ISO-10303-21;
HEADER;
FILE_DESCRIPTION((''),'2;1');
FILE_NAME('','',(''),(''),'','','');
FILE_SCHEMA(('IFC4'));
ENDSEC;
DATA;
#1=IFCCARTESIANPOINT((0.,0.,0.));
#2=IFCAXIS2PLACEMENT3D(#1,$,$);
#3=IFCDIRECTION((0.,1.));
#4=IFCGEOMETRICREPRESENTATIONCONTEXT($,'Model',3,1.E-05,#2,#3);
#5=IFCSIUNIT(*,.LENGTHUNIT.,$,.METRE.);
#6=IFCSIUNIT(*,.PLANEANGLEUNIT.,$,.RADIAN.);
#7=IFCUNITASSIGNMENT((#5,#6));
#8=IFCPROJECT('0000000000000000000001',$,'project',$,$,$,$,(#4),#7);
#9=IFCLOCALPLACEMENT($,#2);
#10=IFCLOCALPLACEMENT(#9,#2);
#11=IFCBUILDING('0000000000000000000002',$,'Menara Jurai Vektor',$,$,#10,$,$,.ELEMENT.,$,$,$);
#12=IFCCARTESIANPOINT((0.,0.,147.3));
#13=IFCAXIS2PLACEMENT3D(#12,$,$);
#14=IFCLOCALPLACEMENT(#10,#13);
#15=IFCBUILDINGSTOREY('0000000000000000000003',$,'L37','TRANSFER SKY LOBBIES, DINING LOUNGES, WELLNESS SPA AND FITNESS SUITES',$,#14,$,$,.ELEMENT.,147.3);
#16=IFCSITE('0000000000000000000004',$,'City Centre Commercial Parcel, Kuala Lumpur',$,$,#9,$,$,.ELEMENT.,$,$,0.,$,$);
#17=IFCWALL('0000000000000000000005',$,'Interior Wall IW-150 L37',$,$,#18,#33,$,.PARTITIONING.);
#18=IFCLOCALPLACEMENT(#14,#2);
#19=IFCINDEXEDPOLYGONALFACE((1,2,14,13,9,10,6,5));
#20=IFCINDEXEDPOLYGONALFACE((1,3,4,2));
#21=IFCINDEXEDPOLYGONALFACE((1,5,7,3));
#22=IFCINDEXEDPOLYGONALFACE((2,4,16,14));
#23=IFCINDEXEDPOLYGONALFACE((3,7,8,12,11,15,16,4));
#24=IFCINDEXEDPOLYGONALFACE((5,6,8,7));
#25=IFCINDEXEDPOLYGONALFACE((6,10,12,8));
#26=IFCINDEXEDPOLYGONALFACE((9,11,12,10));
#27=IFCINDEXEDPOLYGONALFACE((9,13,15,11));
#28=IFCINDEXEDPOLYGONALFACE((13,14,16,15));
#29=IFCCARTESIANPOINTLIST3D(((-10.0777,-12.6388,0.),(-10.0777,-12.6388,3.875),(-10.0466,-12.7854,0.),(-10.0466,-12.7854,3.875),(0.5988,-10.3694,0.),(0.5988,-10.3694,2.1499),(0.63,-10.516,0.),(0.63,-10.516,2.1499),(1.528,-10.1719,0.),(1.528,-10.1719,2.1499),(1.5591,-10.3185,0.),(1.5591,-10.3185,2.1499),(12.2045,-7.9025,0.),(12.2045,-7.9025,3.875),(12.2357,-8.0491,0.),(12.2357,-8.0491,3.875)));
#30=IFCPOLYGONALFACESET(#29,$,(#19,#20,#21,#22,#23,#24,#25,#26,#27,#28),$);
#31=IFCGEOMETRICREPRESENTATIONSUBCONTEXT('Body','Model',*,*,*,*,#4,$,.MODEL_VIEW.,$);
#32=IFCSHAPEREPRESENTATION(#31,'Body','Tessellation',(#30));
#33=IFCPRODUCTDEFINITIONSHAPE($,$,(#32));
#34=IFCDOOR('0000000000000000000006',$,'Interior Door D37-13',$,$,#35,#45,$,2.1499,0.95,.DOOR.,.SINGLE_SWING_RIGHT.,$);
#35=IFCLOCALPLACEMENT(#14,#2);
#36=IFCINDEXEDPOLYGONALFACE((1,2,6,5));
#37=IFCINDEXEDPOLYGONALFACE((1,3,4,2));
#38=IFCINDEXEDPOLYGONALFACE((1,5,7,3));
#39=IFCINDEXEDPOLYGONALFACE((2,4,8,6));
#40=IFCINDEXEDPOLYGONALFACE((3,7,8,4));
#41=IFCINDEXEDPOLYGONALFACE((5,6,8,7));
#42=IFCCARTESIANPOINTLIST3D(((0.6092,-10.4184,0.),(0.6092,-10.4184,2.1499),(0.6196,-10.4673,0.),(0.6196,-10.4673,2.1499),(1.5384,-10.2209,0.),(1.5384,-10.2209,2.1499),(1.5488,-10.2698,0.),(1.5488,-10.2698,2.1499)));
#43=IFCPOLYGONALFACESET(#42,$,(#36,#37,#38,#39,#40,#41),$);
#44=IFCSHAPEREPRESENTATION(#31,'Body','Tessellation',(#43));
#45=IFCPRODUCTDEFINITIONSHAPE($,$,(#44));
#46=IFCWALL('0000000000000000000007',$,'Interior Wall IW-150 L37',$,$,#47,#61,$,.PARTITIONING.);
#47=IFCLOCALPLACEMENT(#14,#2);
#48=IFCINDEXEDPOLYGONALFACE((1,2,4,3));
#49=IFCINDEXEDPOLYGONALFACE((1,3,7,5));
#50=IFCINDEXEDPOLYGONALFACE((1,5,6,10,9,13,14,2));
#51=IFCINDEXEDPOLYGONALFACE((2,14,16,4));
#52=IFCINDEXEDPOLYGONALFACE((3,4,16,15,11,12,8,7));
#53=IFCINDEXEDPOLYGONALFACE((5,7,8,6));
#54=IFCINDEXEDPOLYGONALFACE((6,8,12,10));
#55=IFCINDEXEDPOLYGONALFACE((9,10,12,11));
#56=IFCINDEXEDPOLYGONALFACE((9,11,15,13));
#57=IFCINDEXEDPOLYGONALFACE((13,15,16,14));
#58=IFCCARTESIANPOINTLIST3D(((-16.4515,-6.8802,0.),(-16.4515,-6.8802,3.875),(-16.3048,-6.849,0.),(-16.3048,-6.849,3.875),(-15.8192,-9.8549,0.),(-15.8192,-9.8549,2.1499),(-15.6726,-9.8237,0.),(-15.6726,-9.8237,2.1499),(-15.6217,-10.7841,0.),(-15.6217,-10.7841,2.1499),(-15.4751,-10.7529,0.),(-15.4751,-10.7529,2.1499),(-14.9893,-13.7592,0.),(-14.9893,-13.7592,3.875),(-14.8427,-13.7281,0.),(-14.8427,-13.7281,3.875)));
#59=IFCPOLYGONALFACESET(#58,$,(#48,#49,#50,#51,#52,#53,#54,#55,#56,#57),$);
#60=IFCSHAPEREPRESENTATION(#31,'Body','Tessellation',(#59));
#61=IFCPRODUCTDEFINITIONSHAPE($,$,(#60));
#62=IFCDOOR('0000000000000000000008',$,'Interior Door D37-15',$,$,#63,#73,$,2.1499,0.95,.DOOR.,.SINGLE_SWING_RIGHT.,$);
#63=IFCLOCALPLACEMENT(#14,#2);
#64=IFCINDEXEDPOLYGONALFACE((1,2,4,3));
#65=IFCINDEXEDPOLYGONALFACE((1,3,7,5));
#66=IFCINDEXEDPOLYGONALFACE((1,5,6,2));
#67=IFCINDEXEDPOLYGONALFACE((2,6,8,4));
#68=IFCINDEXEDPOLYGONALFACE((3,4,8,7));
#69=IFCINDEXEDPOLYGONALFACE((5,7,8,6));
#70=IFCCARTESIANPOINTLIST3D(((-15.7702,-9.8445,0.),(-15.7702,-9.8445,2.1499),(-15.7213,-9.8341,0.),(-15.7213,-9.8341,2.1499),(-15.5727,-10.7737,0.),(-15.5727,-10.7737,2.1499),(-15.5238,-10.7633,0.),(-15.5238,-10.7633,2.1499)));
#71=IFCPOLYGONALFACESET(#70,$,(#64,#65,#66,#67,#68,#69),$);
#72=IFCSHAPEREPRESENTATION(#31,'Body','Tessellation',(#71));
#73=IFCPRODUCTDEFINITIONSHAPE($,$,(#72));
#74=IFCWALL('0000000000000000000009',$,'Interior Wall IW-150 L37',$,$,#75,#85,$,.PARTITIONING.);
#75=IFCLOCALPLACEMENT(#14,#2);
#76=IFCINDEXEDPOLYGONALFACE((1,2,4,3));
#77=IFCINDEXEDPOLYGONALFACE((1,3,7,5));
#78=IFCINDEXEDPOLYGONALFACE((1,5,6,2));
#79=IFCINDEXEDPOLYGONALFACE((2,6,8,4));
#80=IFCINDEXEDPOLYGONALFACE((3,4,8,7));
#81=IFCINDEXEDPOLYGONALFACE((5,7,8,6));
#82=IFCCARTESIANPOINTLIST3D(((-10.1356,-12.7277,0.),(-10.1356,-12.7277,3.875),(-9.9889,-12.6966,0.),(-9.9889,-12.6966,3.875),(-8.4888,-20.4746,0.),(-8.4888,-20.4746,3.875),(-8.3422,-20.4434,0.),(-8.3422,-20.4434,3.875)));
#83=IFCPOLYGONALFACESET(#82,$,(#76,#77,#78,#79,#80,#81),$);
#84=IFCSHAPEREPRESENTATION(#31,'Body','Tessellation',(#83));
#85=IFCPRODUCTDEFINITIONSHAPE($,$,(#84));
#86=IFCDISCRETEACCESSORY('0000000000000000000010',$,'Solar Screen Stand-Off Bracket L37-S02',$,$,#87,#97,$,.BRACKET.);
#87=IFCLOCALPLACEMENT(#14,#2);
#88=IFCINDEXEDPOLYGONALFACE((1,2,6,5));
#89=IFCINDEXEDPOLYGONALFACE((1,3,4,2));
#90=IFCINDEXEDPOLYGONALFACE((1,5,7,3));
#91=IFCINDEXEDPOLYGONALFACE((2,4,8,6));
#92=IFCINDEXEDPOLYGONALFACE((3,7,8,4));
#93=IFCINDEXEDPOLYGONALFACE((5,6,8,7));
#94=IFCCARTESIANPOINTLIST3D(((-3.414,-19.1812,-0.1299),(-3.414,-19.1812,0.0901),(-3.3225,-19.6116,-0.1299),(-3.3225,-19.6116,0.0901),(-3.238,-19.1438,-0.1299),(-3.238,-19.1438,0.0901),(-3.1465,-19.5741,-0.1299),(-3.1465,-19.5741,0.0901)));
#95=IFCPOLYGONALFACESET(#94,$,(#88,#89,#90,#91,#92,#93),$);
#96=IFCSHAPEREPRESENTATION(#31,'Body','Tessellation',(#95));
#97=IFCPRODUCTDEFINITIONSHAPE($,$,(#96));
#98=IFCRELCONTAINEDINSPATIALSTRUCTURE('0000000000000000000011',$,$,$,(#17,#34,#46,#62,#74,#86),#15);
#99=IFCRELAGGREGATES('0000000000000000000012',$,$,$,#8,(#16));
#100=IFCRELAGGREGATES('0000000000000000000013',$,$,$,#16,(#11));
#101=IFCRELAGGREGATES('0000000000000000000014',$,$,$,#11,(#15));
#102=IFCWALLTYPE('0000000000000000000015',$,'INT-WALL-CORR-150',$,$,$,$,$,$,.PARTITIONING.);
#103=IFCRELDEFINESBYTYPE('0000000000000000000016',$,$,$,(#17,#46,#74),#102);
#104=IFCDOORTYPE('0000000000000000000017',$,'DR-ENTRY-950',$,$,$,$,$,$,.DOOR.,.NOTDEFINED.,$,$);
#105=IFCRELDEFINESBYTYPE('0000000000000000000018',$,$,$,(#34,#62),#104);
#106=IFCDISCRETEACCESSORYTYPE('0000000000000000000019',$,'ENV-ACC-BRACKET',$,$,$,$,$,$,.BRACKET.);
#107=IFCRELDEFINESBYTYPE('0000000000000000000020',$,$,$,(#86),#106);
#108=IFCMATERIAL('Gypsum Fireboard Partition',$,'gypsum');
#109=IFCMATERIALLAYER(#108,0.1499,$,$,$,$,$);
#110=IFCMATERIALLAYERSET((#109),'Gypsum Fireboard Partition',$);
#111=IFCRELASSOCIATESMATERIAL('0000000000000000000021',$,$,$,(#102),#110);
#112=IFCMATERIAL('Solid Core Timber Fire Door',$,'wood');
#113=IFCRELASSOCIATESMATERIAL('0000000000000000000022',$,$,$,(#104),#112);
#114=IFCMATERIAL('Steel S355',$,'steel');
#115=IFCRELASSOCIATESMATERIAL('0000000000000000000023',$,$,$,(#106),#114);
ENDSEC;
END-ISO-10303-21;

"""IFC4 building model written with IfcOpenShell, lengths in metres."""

from ifc_helpers import new_model, si_unit, direction, frame, frame_2d, origin, origin_2d, place, context, subcontext, project, spatial, rectangle, extrude, material, layer, layer_set, type_object, element, fill, save


model = new_model("IFC4")

# Units and contexts
model_context = context("Model", 3, precision=1e-05, world=origin(), true_north=direction((0.0, 1.0)))
body_context = subcontext(model_context, "Body", "Model", "MODEL_VIEW")
ifc_project = project(units=[si_unit("LENGTHUNIT", "METRE"), si_unit("PLANEANGLEUNIT", "RADIAN")], contexts=[model_context])

# Site, building, storey
site_placement = place(None, origin())
site = spatial("IfcSite", under=ifc_project, at=site_placement, Name="City Centre Commercial Parcel, Kuala Lumpur", CompositionType="ELEMENT", RefElevation=0.0)
building_placement = place(site_placement, origin())
building = spatial("IfcBuilding", under=site, at=building_placement, Name="Menara Jurai Vektor", CompositionType="ELEMENT")
storey_placement = place(building_placement, frame((0.0, 0.0, 147.3)))
storey = spatial("IfcBuildingStorey", under=building, at=storey_placement, Name="L37", Description="TRANSFER SKY LOBBIES, DINING LOUNGES, WELLNESS SPA AND FITNESS SUITES", CompositionType="ELEMENT", Elevation=147.3)

# Shared definitions
ifc_material_1 = material(Name="Steel S355", Category="steel")

# Walls, openings, doors
ifc_material_2 = material(Name="Gypsum Fireboard Partition", Category="gypsum")
ifc_layer_1 = layer(ifc_material_2, 0.1499)
ifc_layer_set_1 = layer_set([ifc_layer_1], Name="Gypsum Fireboard Partition")
wall_type = type_object("IfcWallType", Name="INT-WALL-CORR-150", PredefinedType="PARTITIONING", material=ifc_layer_set_1)
ifc_material_3 = material(Name="Solid Core Timber Fire Door", Category="wood")
door_type = type_object("IfcDoorType", Name="DR-ENTRY-950", OperationType="NOTDEFINED", PredefinedType="DOOR", material=ifc_material_3)
wall_1_placement = place(storey_placement, frame((-10.0623, -12.7122, 0.0), z_axis=(0.0, 0.0, 1.0), x_axis=(0.978147, 0.207916, 0.0)))
wall_1 = element("IfcWall", 1, at=wall_1_placement, inside=storey, type_object=wall_type, Name="Interior Wall IW-150 L37", PredefinedType="PARTITIONING", context=body_context, shape_type="SweptSolid", body=[
    extrude(rectangle(XDim=22.78, YDim=0.1499, at=frame_2d((11.3901, 0.0))), origin(), (0.0, 0.0, 1.0), 3.875),
])
opening_1_placement = place(wall_1_placement, frame((10.915, 0.0, 0.0)))
opening_1 = element("IfcOpeningElement", 2, at=opening_1_placement, cuts=wall_1, PredefinedType="OPENING", context=body_context, shape_type="SweptSolid", body=[
    extrude(rectangle(XDim=0.95, YDim=2.1499, at=frame_2d((0.4751, 1.075))), frame((0.0, 0.085, 0.0), z_axis=(0.0, -1.0, 0.0), x_axis=(1.0, 0.0, 0.0)), (0.0, 0.0, 1.0), 0.1699),
])
door_1_placement = place(opening_1_placement, origin())
door_1 = element("IfcDoor", 3, at=door_1_placement, inside=storey, type_object=door_type, Name="Interior Door D37-13", OperationType="SINGLE_SWING_RIGHT", OverallHeight=2.1499, OverallWidth=0.95, PredefinedType="DOOR", context=body_context, shape_type="SweptSolid", body=[
    extrude(rectangle(XDim=0.95, YDim=2.1499, at=frame_2d((0.4751, 1.075))), frame((0.0, 0.0249, 0.0), z_axis=(0.0, -1.0, 0.0), x_axis=(1.0, 0.0, 0.0)), (0.0, 0.0, 1.0), 0.05),
])
fill(opening_1, door_1)
wall_2_placement = place(storey_placement, frame((-14.916, -13.7437, 0.0), z_axis=(0.0, 0.0, 1.0), x_axis=(-0.207905, 0.978149, 0.0)))
wall_2 = element("IfcWall", 4, at=wall_2_placement, inside=storey, type_object=wall_type, Name="Interior Wall IW-150 L37", PredefinedType="PARTITIONING", context=body_context, shape_type="SweptSolid", body=[
    extrude(rectangle(XDim=7.0327, YDim=0.1499, at=frame_2d((3.5164, 0.0))), origin(), (0.0, 0.0, 1.0), 3.875),
])
opening_2_placement = place(wall_2_placement, frame((3.0415, 0.0, 0.0)))
opening_2 = element("IfcOpeningElement", 5, at=opening_2_placement, cuts=wall_2, PredefinedType="OPENING", context=body_context, shape_type="SweptSolid", body=[
    extrude(rectangle(XDim=0.95, YDim=2.1499, at=frame_2d((0.4751, 1.075))), frame((0.0, 0.085, 0.0), z_axis=(0.0, -1.0, 0.0), x_axis=(1.0, 0.0, 0.0)), (0.0, 0.0, 1.0), 0.1699),
])
door_2_placement = place(opening_2_placement, origin())
door_2 = element("IfcDoor", 6, at=door_2_placement, inside=storey, type_object=door_type, Name="Interior Door D37-15", OperationType="SINGLE_SWING_RIGHT", OverallHeight=2.1499, OverallWidth=0.95, PredefinedType="DOOR", context=body_context, shape_type="SweptSolid", body=[
    extrude(rectangle(XDim=0.95, YDim=2.1499, at=frame_2d((0.4751, 1.075))), frame((0.0, 0.0249, 0.0), z_axis=(0.0, -1.0, 0.0), x_axis=(1.0, 0.0, 0.0)), (0.0, 0.0, 1.0), 0.05),
])
fill(opening_2, door_2)

# Wall
wall_3_placement = place(storey_placement, frame((-8.4155, -20.459, 0.0), z_axis=(0.0, 0.0, 1.0), x_axis=(-0.207923, 0.978145, 0.0)))
element("IfcWall", 7, at=wall_3_placement, inside=storey, type_object=wall_type, Name="Interior Wall IW-150 L37", PredefinedType="PARTITIONING", context=body_context, shape_type="SweptSolid", body=[
    extrude(rectangle(XDim=7.9199, YDim=0.1499, at=frame_2d((3.96, 0.0))), origin(), (0.0, 0.0, 1.0), 3.875),
])

# Discrete accessory
discrete_accessory_type = type_object("IfcDiscreteAccessoryType", Name="ENV-ACC-BRACKET", PredefinedType="BRACKET", material=ifc_material_1)
discrete_accessory_placement = place(storey_placement, frame((-3.2803, -19.3777, -0.1299), z_axis=(0.0, 0.0, 1.0), x_axis=(0.978148, 0.207912, 0.0)))
element("IfcDiscreteAccessory", 8, at=discrete_accessory_placement, inside=storey, type_object=discrete_accessory_type, Name="Solar Screen Stand-Off Bracket L37-S02", PredefinedType="BRACKET", context=body_context, shape_type="SweptSolid", body=[
    extrude(rectangle(XDim=0.1799, YDim=0.4399, at=origin_2d()), origin(), (0.0, 0.0, 1.0), 0.22),
])

save(model, "model.ifc")
